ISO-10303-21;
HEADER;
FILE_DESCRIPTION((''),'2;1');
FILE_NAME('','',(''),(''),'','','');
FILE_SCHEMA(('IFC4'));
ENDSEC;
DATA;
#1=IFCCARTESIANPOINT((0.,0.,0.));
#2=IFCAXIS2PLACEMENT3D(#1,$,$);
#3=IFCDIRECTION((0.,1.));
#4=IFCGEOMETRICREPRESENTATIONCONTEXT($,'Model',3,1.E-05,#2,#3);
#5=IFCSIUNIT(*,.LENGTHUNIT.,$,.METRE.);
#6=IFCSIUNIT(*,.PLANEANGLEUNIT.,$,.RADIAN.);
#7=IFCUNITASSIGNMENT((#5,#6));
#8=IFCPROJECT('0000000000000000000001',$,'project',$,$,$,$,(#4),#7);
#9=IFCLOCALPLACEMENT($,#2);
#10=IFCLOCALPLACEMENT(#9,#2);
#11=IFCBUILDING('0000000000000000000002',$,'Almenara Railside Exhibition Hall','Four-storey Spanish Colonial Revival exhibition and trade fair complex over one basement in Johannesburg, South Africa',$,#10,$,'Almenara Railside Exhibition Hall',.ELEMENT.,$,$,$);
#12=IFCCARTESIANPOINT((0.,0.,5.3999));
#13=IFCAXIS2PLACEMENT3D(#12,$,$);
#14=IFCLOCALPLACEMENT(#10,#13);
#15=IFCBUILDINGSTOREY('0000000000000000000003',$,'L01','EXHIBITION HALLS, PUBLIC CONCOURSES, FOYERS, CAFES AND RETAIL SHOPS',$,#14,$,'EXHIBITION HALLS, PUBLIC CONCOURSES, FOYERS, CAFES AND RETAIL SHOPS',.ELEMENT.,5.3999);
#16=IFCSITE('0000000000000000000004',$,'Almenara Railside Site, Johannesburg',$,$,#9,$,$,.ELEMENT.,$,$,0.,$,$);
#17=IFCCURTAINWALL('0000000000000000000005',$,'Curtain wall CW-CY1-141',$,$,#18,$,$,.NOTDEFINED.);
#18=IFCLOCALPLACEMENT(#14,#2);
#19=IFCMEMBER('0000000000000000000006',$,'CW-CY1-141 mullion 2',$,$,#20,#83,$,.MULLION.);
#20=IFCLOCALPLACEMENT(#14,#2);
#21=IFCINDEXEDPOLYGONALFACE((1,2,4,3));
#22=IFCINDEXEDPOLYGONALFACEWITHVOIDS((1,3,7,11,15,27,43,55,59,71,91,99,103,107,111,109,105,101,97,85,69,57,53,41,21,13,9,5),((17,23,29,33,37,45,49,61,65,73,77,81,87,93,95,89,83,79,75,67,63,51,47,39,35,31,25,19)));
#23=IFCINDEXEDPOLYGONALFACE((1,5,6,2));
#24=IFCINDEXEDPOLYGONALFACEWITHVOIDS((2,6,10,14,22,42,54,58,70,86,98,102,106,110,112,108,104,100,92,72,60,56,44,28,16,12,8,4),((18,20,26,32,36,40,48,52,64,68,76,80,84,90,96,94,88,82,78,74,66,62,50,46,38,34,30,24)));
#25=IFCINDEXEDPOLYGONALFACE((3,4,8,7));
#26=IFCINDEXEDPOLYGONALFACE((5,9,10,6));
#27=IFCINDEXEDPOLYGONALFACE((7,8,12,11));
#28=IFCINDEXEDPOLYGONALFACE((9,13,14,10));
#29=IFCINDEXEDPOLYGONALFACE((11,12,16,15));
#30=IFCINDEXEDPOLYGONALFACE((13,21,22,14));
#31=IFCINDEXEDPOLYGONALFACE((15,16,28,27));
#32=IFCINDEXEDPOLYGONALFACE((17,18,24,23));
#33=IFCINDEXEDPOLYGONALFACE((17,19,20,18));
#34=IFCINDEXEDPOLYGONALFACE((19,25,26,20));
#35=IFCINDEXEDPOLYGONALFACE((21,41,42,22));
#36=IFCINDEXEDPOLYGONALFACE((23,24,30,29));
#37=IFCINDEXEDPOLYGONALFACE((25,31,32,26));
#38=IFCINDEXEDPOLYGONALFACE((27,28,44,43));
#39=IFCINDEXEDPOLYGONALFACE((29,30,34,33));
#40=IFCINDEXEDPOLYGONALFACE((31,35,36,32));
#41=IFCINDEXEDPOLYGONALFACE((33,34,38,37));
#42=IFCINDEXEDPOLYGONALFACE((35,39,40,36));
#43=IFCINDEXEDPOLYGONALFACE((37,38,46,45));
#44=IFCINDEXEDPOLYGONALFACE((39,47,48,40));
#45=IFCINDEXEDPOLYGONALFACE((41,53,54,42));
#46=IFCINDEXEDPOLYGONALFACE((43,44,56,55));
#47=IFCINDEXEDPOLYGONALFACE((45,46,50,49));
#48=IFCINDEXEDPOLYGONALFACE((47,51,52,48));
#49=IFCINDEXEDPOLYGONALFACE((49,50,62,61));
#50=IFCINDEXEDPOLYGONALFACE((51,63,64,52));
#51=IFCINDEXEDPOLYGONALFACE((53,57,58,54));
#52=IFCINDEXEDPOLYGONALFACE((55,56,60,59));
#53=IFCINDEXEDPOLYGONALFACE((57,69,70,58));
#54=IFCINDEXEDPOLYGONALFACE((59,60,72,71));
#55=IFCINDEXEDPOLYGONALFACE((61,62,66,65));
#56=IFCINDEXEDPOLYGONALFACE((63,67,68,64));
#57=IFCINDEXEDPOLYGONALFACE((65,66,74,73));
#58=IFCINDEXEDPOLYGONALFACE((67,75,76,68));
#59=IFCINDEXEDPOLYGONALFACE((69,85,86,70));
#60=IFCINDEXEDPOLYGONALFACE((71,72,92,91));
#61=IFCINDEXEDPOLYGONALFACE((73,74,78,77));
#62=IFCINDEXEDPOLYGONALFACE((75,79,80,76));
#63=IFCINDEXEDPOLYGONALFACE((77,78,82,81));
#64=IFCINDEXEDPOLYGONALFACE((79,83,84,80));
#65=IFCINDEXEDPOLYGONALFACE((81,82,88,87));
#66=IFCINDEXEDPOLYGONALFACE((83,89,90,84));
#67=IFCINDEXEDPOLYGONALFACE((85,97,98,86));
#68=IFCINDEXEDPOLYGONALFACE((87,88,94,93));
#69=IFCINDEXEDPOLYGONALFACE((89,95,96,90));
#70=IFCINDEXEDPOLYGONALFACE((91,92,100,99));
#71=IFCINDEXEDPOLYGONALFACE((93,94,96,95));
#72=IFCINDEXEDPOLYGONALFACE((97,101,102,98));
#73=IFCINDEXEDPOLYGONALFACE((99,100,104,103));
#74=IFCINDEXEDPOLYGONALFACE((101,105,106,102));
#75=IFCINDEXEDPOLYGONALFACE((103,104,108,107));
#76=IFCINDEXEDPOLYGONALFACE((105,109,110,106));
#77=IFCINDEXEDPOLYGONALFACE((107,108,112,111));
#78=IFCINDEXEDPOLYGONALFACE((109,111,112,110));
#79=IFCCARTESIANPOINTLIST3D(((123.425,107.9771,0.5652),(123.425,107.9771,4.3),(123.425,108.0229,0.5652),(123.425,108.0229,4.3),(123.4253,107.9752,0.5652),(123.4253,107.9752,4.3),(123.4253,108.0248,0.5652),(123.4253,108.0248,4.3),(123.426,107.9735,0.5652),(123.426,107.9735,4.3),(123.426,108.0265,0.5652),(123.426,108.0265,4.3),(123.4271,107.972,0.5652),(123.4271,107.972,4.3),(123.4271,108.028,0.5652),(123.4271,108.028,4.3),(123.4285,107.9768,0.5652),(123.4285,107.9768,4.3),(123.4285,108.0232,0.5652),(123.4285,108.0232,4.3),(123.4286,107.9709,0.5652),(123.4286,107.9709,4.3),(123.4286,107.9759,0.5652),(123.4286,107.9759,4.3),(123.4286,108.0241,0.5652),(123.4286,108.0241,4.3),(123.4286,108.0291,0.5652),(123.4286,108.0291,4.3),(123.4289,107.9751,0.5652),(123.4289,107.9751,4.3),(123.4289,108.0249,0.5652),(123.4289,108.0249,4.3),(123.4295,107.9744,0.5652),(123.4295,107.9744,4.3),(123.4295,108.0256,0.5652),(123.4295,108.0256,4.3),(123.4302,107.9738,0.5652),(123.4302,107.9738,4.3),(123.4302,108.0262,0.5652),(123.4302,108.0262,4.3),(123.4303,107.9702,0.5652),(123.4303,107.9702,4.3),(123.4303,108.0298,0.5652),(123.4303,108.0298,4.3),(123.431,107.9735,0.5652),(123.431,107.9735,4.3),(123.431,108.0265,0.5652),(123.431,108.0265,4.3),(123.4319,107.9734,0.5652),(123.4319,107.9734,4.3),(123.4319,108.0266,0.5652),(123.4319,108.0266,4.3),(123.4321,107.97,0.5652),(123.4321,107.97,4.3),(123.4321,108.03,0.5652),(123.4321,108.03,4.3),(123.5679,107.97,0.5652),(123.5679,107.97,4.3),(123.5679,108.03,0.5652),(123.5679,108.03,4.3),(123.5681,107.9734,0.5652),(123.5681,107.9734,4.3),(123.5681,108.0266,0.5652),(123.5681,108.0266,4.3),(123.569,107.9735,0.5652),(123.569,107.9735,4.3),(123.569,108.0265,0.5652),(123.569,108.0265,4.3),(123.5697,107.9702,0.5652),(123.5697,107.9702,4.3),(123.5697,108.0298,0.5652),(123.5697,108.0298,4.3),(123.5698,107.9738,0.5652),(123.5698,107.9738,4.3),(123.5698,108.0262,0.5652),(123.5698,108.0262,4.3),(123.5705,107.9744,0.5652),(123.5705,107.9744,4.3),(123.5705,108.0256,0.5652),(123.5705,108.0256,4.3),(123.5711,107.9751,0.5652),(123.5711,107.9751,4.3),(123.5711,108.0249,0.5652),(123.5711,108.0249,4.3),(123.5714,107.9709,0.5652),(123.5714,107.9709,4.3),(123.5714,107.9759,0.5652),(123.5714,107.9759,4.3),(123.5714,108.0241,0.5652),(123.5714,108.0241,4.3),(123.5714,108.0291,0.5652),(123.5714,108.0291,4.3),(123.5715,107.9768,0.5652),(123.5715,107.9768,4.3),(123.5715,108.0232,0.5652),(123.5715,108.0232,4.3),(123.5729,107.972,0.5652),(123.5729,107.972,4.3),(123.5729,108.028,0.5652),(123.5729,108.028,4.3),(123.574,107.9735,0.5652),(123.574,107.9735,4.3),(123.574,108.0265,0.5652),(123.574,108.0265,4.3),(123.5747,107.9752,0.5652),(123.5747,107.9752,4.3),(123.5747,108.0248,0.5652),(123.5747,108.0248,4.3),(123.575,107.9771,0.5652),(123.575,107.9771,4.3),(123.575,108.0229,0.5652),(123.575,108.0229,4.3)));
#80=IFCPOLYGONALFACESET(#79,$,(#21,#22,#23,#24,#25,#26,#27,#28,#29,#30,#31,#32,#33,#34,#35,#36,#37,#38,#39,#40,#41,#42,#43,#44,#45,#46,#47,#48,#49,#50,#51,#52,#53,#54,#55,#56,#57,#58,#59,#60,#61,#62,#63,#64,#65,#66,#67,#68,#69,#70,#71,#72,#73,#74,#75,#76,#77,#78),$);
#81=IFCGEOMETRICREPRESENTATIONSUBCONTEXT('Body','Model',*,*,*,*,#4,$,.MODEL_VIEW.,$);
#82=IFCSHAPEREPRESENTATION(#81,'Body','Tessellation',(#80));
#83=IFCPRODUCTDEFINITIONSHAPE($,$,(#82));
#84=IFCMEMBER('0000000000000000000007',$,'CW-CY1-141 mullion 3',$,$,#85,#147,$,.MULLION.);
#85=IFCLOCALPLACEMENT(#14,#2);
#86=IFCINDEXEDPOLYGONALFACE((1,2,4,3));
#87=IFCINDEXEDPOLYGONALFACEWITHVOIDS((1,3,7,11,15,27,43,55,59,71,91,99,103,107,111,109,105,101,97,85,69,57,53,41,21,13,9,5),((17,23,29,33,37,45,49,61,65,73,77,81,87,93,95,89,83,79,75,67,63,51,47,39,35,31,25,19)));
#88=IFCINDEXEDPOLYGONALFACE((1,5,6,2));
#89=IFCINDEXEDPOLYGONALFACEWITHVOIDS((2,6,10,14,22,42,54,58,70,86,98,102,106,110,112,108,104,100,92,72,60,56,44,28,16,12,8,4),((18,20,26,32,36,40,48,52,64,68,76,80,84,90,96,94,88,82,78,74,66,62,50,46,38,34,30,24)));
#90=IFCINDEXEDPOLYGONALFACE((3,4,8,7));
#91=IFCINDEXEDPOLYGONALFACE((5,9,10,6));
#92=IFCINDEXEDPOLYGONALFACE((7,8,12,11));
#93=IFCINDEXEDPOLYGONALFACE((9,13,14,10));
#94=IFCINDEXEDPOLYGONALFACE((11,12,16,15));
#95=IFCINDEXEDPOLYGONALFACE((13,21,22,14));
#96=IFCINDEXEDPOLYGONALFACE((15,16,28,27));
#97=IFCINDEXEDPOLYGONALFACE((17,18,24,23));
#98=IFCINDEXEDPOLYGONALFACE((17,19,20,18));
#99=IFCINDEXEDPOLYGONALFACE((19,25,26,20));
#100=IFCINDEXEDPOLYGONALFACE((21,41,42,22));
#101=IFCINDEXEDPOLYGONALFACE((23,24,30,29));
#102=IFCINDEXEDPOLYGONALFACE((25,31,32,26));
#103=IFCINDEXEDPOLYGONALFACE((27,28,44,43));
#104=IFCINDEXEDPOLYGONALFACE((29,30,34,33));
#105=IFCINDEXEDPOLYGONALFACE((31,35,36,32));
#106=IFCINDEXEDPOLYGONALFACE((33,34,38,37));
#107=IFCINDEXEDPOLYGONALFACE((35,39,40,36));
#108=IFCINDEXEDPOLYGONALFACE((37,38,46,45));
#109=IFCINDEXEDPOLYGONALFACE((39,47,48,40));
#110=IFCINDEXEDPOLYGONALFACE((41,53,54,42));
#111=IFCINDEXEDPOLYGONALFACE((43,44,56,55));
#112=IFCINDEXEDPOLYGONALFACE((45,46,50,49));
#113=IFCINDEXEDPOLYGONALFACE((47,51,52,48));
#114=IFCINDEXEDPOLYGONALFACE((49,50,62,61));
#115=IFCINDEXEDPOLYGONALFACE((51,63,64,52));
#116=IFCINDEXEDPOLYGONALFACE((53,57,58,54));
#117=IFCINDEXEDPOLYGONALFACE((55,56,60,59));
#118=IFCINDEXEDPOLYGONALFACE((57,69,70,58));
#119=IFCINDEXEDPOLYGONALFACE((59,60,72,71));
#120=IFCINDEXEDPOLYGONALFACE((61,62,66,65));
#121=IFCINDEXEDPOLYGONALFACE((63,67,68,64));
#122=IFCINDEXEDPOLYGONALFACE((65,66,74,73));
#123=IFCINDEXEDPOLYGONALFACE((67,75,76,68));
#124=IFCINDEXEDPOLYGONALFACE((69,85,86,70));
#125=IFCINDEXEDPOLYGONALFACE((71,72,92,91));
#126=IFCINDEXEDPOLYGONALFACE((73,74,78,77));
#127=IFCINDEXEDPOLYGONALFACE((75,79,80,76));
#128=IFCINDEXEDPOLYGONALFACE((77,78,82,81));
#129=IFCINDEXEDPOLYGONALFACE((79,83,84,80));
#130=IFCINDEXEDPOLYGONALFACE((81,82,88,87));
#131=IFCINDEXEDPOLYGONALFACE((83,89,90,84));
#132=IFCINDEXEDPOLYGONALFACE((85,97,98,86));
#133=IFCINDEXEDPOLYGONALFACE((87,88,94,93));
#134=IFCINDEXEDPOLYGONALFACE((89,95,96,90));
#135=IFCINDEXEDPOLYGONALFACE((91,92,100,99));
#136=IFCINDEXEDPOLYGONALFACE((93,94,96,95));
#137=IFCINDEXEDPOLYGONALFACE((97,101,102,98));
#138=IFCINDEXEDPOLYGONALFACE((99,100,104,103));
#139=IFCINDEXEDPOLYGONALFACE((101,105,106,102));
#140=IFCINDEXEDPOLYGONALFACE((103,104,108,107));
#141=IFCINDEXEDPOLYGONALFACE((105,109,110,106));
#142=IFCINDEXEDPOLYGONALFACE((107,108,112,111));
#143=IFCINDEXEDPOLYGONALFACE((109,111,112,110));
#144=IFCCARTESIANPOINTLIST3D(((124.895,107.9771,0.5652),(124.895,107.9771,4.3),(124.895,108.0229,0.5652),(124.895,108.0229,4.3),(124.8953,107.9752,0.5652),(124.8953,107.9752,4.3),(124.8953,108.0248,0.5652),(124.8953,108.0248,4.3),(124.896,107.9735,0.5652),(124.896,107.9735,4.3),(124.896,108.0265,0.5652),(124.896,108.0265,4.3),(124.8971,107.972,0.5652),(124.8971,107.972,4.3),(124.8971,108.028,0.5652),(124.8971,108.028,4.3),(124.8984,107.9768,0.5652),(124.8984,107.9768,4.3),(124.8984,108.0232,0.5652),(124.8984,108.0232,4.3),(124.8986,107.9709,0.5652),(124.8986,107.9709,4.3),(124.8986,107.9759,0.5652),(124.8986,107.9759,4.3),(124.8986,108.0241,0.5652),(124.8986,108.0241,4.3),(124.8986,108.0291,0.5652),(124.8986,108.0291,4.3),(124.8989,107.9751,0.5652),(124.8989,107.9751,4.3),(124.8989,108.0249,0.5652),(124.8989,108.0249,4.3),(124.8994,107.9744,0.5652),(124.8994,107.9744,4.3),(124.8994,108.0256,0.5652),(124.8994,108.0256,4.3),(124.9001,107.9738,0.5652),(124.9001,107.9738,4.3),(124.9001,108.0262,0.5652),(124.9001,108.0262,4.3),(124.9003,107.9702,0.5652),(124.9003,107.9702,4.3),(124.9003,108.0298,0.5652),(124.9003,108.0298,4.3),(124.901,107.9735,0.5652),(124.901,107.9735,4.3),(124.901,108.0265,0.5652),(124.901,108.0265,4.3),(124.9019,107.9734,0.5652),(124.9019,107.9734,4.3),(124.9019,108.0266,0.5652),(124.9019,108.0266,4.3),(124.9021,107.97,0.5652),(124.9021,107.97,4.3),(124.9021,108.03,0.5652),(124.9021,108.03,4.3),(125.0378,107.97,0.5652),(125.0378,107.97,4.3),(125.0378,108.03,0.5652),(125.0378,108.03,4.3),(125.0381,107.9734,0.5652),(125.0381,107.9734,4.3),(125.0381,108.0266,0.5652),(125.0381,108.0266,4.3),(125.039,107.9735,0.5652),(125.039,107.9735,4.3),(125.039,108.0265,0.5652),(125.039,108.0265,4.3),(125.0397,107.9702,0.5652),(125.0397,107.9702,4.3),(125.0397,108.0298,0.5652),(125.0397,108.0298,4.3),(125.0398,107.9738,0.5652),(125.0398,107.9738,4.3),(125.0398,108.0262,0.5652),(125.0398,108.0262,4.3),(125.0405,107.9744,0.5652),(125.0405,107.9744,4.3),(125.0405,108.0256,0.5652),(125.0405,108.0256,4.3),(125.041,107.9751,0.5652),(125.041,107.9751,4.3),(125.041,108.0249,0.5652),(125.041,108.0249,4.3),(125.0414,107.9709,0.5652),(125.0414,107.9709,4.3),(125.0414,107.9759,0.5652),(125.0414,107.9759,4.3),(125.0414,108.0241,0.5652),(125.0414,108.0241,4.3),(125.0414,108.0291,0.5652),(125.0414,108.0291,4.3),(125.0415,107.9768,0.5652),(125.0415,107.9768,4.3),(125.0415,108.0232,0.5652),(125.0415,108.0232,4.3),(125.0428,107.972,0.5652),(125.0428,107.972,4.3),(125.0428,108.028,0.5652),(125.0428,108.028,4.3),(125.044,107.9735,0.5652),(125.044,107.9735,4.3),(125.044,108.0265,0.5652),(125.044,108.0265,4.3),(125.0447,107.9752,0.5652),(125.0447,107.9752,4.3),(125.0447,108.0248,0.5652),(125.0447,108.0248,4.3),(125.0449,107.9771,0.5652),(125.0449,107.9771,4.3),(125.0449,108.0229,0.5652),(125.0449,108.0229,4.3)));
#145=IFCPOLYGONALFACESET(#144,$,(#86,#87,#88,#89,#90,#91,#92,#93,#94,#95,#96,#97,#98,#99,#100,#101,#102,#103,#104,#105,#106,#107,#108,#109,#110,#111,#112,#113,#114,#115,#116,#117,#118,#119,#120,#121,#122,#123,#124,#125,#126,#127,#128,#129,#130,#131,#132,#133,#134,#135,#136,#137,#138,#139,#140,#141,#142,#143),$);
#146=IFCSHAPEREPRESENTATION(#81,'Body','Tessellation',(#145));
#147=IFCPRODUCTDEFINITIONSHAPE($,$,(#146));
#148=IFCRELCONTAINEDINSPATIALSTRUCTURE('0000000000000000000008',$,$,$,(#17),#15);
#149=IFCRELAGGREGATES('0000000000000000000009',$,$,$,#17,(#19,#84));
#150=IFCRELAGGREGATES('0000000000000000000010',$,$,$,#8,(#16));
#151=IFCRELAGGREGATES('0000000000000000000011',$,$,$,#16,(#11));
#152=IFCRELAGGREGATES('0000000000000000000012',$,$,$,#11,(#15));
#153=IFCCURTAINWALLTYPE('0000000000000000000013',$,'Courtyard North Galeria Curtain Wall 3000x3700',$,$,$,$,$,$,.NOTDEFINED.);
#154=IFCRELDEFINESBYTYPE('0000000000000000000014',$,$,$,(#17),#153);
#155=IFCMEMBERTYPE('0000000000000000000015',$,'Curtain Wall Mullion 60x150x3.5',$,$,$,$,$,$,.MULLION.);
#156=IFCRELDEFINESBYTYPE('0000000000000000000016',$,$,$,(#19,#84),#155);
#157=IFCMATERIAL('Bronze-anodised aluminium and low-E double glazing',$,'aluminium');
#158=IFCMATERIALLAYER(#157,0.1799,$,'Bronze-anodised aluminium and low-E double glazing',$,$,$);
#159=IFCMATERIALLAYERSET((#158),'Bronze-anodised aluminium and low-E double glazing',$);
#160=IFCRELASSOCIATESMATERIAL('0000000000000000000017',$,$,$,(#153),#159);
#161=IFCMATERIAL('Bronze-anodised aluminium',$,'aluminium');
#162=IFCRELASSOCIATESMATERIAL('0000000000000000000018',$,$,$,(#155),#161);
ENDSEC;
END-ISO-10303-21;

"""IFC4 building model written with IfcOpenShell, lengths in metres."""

from ifc_helpers import new_model, si_unit, direction, frame, origin, origin_2d, place, context, subcontext, project, spatial, hollow_rectangle, extrude, material, layer, layer_set, material_profile, profile_set, type_object, element, aggregate, save


model = new_model("IFC4")

# Units and contexts
model_context = context("Model", 3, precision=1e-05, world=origin(), true_north=direction((0.0, 1.0)))
body_context = subcontext(model_context, "Body", "Model", "MODEL_VIEW")
ifc_project = project(units=[si_unit("LENGTHUNIT", "METRE"), si_unit("PLANEANGLEUNIT", "RADIAN")], contexts=[model_context])

# Site, building, storey
site_placement = place(None, origin())
site = spatial("IfcSite", under=ifc_project, at=site_placement, Name="Almenara Railside Site, Johannesburg", CompositionType="ELEMENT", RefElevation=0.0)
building_placement = place(site_placement, origin())
building = spatial("IfcBuilding", under=site, at=building_placement, Name="Almenara Railside Exhibition Hall", Description="Four-storey Spanish Colonial Revival exhibition and trade fair complex over one basement in Johannesburg, South Africa", LongName="Almenara Railside Exhibition Hall", CompositionType="ELEMENT")
storey_placement = place(building_placement, frame((0.0, 0.0, 5.3999)))
storey = spatial("IfcBuildingStorey", under=building, at=storey_placement, Name="L01", Description="EXHIBITION HALLS, PUBLIC CONCOURSES, FOYERS, CAFES AND RETAIL SHOPS", LongName="EXHIBITION HALLS, PUBLIC CONCOURSES, FOYERS, CAFES AND RETAIL SHOPS", CompositionType="ELEMENT", Elevation=5.3999)

# Curtain wall, members
ifc_material_1 = material(Name="Bronze-anodised aluminium and low-E double glazing", Category="aluminium")
ifc_layer_1 = layer(ifc_material_1, 0.1799, Name="Bronze-anodised aluminium and low-E double glazing")
ifc_layer_set_1 = layer_set([ifc_layer_1], Name="Bronze-anodised aluminium and low-E double glazing")
curtain_wall_type = type_object("IfcCurtainWallType", Name="Courtyard North Galeria Curtain Wall 3000x3700", PredefinedType="NOTDEFINED", material=ifc_layer_set_1)
ifc_material_2 = material(Name="Bronze-anodised aluminium", Category="aluminium")
curtain_wall_1_placement = place(storey_placement, origin())
curtain_wall_1 = element("IfcCurtainWall", 1, at=curtain_wall_1_placement, inside=storey, type_object=curtain_wall_type, Name="Curtain wall CW-CY1-141", PredefinedType="NOTDEFINED")
ifc_material_profile_1 = material_profile(ifc_material_2, hollow_rectangle(XDim=0.0601, YDim=0.1499, WallThickness=0.0034, InnerFilletRadius=0.0034, OuterFilletRadius=0.0071, at=origin_2d()), Name="ALU-MUL 60x150x3.5")
ifc_profile_set_1 = profile_set([ifc_material_profile_1], Name="Bronze-anodised aluminium")
member_type_1 = type_object("IfcMemberType", Name="Curtain Wall Mullion 60x150x3.5", PredefinedType="MULLION", material=ifc_profile_set_1)
member_1_placement = place(storey_placement, frame((123.5, 108.0, 0.5652), z_axis=(0.0, 0.0, 1.0), x_axis=(0.0, 1.0, 0.0)))
member_1 = element("IfcMember", 2, at=member_1_placement, type_object=member_type_1, Name="CW-CY1-141 mullion 2", PredefinedType="MULLION", context=body_context, shape_type="SweptSolid", body=[
    extrude(hollow_rectangle(XDim=0.0601, YDim=0.1499, WallThickness=0.0034, InnerFilletRadius=0.0034, OuterFilletRadius=0.0071, at=origin_2d()), origin(), (0.0, 0.0, 1.0), 3.7349),
])
member_2_placement = place(storey_placement, frame((124.97, 108.0, 0.5652), z_axis=(0.0, 0.0, 1.0), x_axis=(0.0, 1.0, 0.0)))
member_2 = element("IfcMember", 3, at=member_2_placement, type_object=member_type_1, Name="CW-CY1-141 mullion 3", PredefinedType="MULLION", context=body_context, shape_type="SweptSolid", body=[
    extrude(hollow_rectangle(XDim=0.0601, YDim=0.1499, WallThickness=0.0034, InnerFilletRadius=0.0034, OuterFilletRadius=0.0071, at=origin_2d()), origin(), (0.0, 0.0, 1.0), 3.7349),
])

aggregate(curtain_wall_1, [member_1, member_2])

save(model, "model.ifc")
